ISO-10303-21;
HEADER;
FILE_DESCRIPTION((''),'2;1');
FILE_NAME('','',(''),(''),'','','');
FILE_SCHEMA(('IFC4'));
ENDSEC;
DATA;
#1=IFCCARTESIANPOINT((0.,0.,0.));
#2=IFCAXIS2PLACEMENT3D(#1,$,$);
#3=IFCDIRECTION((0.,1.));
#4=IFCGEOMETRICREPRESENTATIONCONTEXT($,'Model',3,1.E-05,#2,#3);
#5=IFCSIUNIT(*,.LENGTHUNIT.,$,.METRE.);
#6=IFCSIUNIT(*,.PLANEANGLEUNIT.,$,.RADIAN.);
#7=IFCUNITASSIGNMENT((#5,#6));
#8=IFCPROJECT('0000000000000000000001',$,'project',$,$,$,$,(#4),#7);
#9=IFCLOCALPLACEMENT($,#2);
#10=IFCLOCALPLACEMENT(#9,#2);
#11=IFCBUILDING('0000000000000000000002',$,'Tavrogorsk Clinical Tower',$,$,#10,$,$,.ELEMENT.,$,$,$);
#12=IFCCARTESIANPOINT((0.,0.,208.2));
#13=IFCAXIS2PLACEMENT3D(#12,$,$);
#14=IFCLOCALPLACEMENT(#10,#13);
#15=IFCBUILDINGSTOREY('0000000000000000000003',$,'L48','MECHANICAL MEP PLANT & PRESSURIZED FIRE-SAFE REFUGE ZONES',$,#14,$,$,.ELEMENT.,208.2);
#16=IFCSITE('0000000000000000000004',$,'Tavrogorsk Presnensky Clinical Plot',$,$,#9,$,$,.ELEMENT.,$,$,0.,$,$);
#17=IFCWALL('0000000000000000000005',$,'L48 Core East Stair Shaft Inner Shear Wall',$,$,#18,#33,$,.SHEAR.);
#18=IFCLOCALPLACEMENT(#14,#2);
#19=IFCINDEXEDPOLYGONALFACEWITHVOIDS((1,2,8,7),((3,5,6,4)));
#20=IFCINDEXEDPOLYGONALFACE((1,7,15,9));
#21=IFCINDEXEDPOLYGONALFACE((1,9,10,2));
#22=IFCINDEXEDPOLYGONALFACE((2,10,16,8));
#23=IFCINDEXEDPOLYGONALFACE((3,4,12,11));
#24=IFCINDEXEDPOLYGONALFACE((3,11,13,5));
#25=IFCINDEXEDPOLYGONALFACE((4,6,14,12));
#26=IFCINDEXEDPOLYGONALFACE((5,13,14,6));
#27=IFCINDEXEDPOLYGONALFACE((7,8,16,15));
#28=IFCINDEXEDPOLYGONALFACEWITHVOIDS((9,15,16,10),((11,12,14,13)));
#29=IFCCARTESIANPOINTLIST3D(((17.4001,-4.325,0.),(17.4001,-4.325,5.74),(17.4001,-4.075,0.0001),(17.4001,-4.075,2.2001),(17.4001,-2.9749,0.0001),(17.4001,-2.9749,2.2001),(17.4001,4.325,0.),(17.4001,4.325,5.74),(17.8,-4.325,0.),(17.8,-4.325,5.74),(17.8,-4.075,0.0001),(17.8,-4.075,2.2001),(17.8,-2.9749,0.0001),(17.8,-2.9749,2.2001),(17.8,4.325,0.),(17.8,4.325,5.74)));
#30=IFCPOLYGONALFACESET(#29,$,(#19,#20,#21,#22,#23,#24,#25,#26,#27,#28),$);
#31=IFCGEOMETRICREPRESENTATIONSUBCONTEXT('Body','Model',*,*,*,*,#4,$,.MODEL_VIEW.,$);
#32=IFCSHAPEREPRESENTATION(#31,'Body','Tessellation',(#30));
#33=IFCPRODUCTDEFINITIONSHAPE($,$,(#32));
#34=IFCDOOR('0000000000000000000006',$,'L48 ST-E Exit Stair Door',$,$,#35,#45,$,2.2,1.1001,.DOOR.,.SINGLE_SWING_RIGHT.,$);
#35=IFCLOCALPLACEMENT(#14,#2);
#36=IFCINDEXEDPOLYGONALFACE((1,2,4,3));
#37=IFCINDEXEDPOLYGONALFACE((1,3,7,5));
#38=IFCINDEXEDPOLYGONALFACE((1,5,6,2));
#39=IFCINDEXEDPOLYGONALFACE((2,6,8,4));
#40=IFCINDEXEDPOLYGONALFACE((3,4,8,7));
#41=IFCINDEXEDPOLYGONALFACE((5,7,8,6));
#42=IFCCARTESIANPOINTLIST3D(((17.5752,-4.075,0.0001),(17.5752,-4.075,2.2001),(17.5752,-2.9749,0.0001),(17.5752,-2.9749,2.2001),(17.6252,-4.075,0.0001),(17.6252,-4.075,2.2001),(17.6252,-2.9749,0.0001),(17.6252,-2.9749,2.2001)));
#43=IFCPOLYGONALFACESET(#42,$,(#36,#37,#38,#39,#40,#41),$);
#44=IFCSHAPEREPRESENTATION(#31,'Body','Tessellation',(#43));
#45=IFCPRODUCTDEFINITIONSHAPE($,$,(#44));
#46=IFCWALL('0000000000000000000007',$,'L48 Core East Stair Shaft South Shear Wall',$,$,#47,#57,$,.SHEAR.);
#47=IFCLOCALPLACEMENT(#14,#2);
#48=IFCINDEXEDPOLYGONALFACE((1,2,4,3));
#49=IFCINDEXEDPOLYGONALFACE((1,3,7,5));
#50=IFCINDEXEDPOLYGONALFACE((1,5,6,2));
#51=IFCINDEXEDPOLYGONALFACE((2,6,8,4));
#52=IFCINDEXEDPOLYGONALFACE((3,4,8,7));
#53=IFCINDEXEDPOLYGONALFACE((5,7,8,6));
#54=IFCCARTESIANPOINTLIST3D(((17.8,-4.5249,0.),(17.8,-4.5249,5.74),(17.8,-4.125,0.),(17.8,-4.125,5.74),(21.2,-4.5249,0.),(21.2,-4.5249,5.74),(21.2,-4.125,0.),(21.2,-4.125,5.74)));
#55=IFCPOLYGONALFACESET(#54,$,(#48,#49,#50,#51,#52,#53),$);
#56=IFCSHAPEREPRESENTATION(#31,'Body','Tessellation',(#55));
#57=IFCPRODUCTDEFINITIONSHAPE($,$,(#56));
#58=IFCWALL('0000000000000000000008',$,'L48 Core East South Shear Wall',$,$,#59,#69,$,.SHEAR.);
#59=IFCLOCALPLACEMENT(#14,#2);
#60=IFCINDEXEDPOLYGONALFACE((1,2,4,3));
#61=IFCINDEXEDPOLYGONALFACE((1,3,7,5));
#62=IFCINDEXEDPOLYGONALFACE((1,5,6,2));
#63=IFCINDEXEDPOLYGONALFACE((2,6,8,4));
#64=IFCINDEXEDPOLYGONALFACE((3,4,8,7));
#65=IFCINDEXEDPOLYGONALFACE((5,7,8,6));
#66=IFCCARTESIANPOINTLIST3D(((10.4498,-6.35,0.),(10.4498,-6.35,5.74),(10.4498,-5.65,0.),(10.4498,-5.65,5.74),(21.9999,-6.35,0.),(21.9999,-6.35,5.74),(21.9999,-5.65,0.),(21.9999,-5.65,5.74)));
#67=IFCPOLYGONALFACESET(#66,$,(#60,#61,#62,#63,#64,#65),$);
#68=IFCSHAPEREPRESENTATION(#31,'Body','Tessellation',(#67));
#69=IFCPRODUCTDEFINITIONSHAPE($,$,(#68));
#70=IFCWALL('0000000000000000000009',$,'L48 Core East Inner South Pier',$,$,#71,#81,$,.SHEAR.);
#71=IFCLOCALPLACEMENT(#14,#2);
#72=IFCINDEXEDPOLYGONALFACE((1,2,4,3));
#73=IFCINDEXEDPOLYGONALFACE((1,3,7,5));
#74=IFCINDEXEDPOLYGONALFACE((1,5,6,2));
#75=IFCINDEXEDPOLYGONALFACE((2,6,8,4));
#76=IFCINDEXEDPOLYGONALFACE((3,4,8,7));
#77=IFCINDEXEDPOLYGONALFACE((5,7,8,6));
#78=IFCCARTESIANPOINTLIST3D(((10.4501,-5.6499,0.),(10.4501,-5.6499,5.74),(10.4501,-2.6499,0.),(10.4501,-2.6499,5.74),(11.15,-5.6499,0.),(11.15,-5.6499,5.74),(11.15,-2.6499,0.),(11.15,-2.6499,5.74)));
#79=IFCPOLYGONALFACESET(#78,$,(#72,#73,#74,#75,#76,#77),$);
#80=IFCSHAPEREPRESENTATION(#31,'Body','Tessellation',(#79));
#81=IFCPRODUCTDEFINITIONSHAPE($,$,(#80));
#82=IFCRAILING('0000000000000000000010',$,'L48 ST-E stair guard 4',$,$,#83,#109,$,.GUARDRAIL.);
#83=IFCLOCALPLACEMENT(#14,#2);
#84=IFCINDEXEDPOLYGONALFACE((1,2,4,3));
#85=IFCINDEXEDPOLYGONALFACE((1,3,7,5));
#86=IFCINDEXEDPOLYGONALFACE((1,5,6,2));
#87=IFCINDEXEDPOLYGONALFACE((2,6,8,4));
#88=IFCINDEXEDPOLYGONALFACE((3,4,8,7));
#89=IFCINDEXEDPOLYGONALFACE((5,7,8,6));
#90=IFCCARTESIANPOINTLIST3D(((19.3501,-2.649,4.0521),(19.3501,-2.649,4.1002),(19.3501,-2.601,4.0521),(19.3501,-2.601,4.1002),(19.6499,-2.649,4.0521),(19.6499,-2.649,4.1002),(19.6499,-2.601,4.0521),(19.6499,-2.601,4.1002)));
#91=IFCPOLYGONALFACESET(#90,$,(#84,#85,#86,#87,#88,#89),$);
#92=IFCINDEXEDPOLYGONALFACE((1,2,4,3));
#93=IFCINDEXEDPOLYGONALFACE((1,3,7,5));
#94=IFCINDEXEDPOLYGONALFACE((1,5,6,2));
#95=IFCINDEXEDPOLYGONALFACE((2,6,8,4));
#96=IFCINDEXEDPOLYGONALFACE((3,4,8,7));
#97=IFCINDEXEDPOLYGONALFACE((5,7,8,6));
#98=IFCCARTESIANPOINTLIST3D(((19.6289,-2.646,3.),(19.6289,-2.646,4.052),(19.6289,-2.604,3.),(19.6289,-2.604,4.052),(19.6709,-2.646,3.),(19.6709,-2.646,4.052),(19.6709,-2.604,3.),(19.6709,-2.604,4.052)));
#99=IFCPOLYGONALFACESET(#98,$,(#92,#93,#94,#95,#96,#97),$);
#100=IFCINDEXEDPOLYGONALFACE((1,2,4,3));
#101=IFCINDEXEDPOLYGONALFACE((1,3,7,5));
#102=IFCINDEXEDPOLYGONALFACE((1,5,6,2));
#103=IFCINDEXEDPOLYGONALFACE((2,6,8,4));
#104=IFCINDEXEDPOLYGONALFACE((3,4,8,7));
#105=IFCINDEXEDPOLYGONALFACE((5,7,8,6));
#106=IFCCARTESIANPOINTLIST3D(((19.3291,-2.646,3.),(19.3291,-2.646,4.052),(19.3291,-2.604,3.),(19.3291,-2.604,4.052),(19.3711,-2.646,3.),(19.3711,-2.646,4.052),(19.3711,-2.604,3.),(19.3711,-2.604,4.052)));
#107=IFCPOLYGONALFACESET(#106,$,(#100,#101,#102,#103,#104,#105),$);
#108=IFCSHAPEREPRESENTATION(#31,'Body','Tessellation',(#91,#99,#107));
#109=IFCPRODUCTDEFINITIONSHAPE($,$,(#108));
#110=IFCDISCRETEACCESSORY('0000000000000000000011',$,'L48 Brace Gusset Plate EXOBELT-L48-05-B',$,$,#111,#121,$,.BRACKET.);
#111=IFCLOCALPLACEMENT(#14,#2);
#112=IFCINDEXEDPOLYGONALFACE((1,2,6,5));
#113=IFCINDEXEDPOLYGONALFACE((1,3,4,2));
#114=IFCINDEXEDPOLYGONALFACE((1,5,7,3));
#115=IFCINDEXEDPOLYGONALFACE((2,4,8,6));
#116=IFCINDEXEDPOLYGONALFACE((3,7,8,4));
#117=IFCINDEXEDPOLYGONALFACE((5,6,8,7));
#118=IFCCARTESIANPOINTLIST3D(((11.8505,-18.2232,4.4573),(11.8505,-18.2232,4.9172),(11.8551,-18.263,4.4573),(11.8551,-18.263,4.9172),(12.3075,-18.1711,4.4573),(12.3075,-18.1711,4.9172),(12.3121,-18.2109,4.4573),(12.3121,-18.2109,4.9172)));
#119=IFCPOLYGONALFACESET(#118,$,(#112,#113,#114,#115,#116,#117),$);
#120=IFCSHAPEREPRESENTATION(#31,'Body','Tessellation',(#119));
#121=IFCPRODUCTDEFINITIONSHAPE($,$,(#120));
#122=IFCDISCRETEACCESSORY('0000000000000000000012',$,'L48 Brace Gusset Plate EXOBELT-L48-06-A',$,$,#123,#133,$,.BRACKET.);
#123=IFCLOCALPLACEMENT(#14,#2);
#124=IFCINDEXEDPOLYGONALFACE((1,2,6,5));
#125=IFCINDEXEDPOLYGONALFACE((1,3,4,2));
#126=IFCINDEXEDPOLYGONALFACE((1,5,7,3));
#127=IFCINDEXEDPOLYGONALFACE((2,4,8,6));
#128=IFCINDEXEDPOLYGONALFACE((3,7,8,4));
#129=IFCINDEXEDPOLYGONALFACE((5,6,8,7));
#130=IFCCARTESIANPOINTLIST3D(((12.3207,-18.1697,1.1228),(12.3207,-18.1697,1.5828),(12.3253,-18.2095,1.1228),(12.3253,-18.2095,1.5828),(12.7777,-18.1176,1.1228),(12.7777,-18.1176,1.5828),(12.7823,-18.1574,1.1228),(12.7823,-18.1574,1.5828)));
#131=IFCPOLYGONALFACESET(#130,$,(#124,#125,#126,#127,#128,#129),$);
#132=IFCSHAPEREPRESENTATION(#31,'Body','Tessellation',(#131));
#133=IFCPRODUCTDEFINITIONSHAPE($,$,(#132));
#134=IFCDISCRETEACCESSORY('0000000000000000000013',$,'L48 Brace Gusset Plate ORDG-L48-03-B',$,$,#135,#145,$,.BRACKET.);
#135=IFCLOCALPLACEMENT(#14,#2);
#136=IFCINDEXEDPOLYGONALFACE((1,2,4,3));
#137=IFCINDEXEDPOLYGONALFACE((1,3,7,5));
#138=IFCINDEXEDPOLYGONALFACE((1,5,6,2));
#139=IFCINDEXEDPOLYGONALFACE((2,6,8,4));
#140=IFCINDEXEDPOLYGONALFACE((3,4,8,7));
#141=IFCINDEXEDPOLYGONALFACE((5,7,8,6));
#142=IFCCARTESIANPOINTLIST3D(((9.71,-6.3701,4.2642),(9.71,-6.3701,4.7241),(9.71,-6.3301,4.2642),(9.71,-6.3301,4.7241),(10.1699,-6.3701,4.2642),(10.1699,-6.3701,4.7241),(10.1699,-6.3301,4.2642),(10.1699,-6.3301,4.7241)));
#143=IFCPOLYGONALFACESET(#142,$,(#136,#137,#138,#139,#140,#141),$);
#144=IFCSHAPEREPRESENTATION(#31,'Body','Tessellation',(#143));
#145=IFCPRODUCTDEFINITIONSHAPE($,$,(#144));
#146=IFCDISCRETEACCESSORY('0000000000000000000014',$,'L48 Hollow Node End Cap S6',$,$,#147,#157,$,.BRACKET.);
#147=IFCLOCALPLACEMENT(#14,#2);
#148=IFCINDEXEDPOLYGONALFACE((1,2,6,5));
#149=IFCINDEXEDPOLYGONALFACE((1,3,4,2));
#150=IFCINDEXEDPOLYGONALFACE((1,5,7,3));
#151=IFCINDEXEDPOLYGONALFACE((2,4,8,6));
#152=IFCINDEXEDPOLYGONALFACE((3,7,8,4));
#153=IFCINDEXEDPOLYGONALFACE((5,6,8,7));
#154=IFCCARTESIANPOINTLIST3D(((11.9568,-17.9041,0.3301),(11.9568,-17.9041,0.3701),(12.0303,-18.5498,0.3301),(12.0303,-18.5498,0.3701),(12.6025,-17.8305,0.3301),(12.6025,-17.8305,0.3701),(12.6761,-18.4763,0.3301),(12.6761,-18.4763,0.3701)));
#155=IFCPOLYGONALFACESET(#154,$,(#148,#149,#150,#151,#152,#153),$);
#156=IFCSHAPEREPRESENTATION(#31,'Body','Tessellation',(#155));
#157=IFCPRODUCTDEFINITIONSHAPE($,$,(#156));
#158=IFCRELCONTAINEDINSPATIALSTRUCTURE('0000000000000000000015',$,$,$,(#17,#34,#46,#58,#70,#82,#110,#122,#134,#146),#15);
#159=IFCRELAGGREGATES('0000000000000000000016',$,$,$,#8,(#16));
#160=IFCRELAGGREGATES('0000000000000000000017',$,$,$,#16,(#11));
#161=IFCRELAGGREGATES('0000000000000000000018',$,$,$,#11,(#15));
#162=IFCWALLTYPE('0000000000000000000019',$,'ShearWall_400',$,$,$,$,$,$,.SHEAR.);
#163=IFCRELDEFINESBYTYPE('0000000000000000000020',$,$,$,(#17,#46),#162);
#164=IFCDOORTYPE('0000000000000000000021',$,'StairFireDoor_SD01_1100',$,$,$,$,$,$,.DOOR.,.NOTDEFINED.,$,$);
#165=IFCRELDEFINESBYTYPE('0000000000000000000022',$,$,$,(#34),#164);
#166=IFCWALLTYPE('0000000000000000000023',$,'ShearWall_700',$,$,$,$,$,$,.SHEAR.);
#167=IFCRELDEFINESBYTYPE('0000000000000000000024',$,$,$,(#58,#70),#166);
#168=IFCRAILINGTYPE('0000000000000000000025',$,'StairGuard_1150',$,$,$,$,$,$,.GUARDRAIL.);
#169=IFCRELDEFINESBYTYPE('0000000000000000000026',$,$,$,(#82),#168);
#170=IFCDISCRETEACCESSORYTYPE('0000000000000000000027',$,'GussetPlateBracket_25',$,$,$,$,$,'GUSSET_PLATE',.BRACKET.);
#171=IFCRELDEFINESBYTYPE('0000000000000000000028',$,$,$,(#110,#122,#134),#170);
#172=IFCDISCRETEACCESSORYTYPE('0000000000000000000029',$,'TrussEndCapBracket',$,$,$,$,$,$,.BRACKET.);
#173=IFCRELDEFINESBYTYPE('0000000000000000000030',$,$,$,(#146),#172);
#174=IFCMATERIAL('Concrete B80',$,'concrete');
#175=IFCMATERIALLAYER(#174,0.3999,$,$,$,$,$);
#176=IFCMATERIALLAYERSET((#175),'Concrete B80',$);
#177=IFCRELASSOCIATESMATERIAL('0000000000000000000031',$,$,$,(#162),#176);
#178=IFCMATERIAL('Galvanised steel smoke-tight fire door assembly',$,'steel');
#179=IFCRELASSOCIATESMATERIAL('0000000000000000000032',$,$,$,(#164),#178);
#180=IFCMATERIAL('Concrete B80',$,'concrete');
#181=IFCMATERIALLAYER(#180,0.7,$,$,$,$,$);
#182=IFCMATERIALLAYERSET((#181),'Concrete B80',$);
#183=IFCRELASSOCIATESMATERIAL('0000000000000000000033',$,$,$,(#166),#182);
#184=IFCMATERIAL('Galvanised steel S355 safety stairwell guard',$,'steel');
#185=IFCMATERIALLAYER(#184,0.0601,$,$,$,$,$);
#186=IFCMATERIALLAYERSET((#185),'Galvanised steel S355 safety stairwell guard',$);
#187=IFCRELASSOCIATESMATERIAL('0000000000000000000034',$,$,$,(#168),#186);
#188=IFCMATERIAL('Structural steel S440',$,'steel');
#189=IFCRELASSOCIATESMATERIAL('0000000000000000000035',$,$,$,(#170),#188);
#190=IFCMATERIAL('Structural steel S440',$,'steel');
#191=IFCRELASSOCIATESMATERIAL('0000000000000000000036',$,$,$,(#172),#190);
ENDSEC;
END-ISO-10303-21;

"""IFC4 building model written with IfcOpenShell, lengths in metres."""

from ifc_helpers import new_model, si_unit, direction, frame, frame_2d, origin, origin_2d, place, context, subcontext, project, spatial, rectangle, extrude, material, layer, layer_set, type_object, element, fill, save


model = new_model("IFC4")

# Units and contexts
model_context = context("Model", 3, precision=1e-05, world=origin(), true_north=direction((0.0, 1.0)))
body_context = subcontext(model_context, "Body", "Model", "MODEL_VIEW")
ifc_project = project(units=[si_unit("LENGTHUNIT", "METRE"), si_unit("PLANEANGLEUNIT", "RADIAN")], contexts=[model_context])

# Site, building, storey
site_placement = place(None, origin())
site = spatial("IfcSite", under=ifc_project, at=site_placement, Name="Tavrogorsk Presnensky Clinical Plot", CompositionType="ELEMENT", RefElevation=0.0)
building_placement = place(site_placement, origin())
building = spatial("IfcBuilding", under=site, at=building_placement, Name="Tavrogorsk Clinical Tower", CompositionType="ELEMENT")
storey_placement = place(building_placement, frame((0.0, 0.0, 208.2)))
storey = spatial("IfcBuildingStorey", under=building, at=storey_placement, Name="L48", Description="MECHANICAL MEP PLANT & PRESSURIZED FIRE-SAFE REFUGE ZONES", CompositionType="ELEMENT", Elevation=208.2)

# Wall, opening, door
ifc_material_1 = material(Name="Concrete B80", Category="concrete")
ifc_layer_1 = layer(ifc_material_1, 0.3999)
ifc_layer_set_1 = layer_set([ifc_layer_1], Name="Concrete B80")
wall_type_1 = type_object("IfcWallType", Name="ShearWall_400", PredefinedType="SHEAR", material=ifc_layer_set_1)
wall_1_placement = place(storey_placement, frame((17.6001, -4.325, 0.0), z_axis=(0.0, 0.0, 1.0), x_axis=(0.0, 1.0, 0.0)))
wall_1 = element("IfcWall", 1, at=wall_1_placement, inside=storey, type_object=wall_type_1, Name="L48 Core East Stair Shaft Inner Shear Wall", PredefinedType="SHEAR", context=body_context, shape_type="SweptSolid", body=[
    extrude(rectangle(XDim=8.6499, YDim=0.3999, at=frame_2d((4.325, 0.0))), origin(), (0.0, 0.0, 1.0), 5.74),
])
opening_1_placement = place(wall_1_placement, frame((0.25, 0.0, 0.0)))
opening_1 = element("IfcOpeningElement", 2, at=opening_1_placement, cuts=wall_1, PredefinedType="OPENING", context=body_context, shape_type="SweptSolid", body=[
    extrude(rectangle(XDim=1.1001, YDim=2.2, at=frame_2d((0.55, 1.1001))), frame((0.0, 0.21, 0.0), z_axis=(0.0, -1.0, 0.0), x_axis=(1.0, 0.0, 0.0)), (0.0, 0.0, 1.0), 0.4199),
])
ifc_material_2 = material(Name="Galvanised steel smoke-tight fire door assembly", Category="steel")
door_type_1 = type_object("IfcDoorType", Name="StairFireDoor_SD01_1100", OperationType="NOTDEFINED", PredefinedType="DOOR", material=ifc_material_2)
door_1_placement = place(opening_1_placement, origin())
door_1 = element("IfcDoor", 3, at=door_1_placement, inside=storey, type_object=door_type_1, Name="L48 ST-E Exit Stair Door", OperationType="SINGLE_SWING_RIGHT", OverallHeight=2.2, OverallWidth=1.1001, PredefinedType="DOOR", context=body_context, shape_type="SweptSolid", body=[
    extrude(rectangle(XDim=1.1001, YDim=2.2, at=frame_2d((0.55, 1.1001))), frame((0.0, 0.0249, 0.0), z_axis=(0.0, -1.0, 0.0), x_axis=(1.0, 0.0, 0.0)), (0.0, 0.0, 1.0), 0.05),
])
fill(opening_1, door_1)

# Walls
wall_2_placement = place(storey_placement, frame((17.8, -4.325, 0.0), z_axis=(0.0, 0.0, 1.0), x_axis=(1.0, 0.0, 0.0)))
element("IfcWall", 4, at=wall_2_placement, inside=storey, type_object=wall_type_1, Name="L48 Core East Stair Shaft South Shear Wall", PredefinedType="SHEAR", context=body_context, shape_type="SweptSolid", body=[
    extrude(rectangle(XDim=3.3999, YDim=0.3999, at=frame_2d((1.7, 0.0))), origin(), (0.0, 0.0, 1.0), 5.74),
])
ifc_material_3 = material(Name="Concrete B80", Category="concrete")
ifc_layer_2 = layer(ifc_material_3, 0.7)
ifc_layer_set_2 = layer_set([ifc_layer_2], Name="Concrete B80")
wall_type_2 = type_object("IfcWallType", Name="ShearWall_700", PredefinedType="SHEAR", material=ifc_layer_set_2)
wall_3_placement = place(storey_placement, frame((10.45, -6.0, 0.0), z_axis=(0.0, 0.0, 1.0), x_axis=(1.0, 0.0, 0.0)))
element("IfcWall", 5, at=wall_3_placement, inside=storey, type_object=wall_type_2, Name="L48 Core East South Shear Wall", PredefinedType="SHEAR", context=body_context, shape_type="SweptSolid", body=[
    extrude(rectangle(XDim=11.55, YDim=0.7, at=frame_2d((5.7749, 0.0))), origin(), (0.0, 0.0, 1.0), 5.74),
])
wall_4_placement = place(storey_placement, frame((10.8, -5.6499, 0.0), z_axis=(0.0, 0.0, 1.0), x_axis=(0.0, 1.0, 0.0)))
element("IfcWall", 6, at=wall_4_placement, inside=storey, type_object=wall_type_2, Name="L48 Core East Inner South Pier", PredefinedType="SHEAR", context=body_context, shape_type="SweptSolid", body=[
    extrude(rectangle(XDim=3.0, YDim=0.7, at=frame_2d((1.5, 0.0))), origin(), (0.0, 0.0, 1.0), 5.74),
])

# Railing
ifc_material_4 = material(Name="Galvanised steel S355 safety stairwell guard", Category="steel")
ifc_layer_3 = layer(ifc_material_4, 0.0601)
ifc_layer_set_3 = layer_set([ifc_layer_3], Name="Galvanised steel S355 safety stairwell guard")
railing_type = type_object("IfcRailingType", Name="StairGuard_1150", PredefinedType="GUARDRAIL", material=ifc_layer_set_3)
railing_placement = place(storey_placement, frame((19.6499, -2.625, 3.0)))
element("IfcRailing", 7, at=railing_placement, inside=storey, type_object=railing_type, Name="L48 ST-E stair guard 4", PredefinedType="GUARDRAIL", context=body_context, shape_type="SweptSolid", body=[
    extrude(rectangle(XDim=0.0481, YDim=0.0481, at=origin_2d()), frame((0.0, 0.0, 1.0762), z_axis=(-1.0, 0.0, 0.0), x_axis=(0.0, -1.0, 0.0)), (0.0, 0.0, 1.0), 0.2998),
    extrude(rectangle(XDim=0.042, YDim=0.042, at=origin_2d()), origin(), (0.0, 0.0, 1.0), 1.052),
    extrude(rectangle(XDim=0.042, YDim=0.042, at=origin_2d()), frame((-0.2998, 0.0, 0.0)), (0.0, 0.0, 1.0), 1.052),
])

# Discrete accessories
ifc_material_5 = material(Name="Structural steel S440", Category="steel")
discrete_accessory_type_1 = type_object("IfcDiscreteAccessoryType", Name="GussetPlateBracket_25", ElementType="GUSSET_PLATE", PredefinedType="BRACKET", material=ifc_material_5)
for number, where, z_axis, x_axis, name in (
    (8, (12.0813, -18.217, 4.4573), (0.0, 0.0, 1.0), (0.993572, 0.113203, 0.0), "L48 Brace Gusset Plate EXOBELT-L48-05-B"),
    (9, (12.5515, -18.1636, 1.1228), (0.0, 0.0, 1.0), (0.993572, 0.113203, 0.0), "L48 Brace Gusset Plate EXOBELT-L48-06-A"),
    (10, (9.9399, -6.3501, 4.2642), (0.0, 0.0, 1.0), (1.0, 0.0, 0.0), "L48 Brace Gusset Plate ORDG-L48-03-B"),
):
    element("IfcDiscreteAccessory", number, at=place(storey_placement, frame(where, z_axis=z_axis, x_axis=x_axis)), inside=storey, type_object=discrete_accessory_type_1, Name=name, PredefinedType="BRACKET", context=body_context, shape_type="SweptSolid", body=[
        extrude(rectangle(XDim=0.46, YDim=0.04, at=origin_2d()), origin(), (0.0, 0.0, 1.0), 0.46),
    ])
ifc_material_6 = material(Name="Structural steel S440", Category="steel")
discrete_accessory_type_2 = type_object("IfcDiscreteAccessoryType", Name="TrussEndCapBracket", PredefinedType="BRACKET", material=ifc_material_6)
discrete_accessory_placement = place(storey_placement, frame((12.3164, -18.1902, 0.3301), z_axis=(0.0, 0.0, 1.0), x_axis=(0.993572, 0.113203, 0.0)))
element("IfcDiscreteAccessory", 11, at=discrete_accessory_placement, inside=storey, type_object=discrete_accessory_type_2, Name="L48 Hollow Node End Cap S6", PredefinedType="BRACKET", context=body_context, shape_type="SweptSolid", body=[
    extrude(rectangle(XDim=0.6499, YDim=0.6499, at=origin_2d()), origin(), (0.0, 0.0, 1.0), 0.04),
])

save(model, "model.ifc")
